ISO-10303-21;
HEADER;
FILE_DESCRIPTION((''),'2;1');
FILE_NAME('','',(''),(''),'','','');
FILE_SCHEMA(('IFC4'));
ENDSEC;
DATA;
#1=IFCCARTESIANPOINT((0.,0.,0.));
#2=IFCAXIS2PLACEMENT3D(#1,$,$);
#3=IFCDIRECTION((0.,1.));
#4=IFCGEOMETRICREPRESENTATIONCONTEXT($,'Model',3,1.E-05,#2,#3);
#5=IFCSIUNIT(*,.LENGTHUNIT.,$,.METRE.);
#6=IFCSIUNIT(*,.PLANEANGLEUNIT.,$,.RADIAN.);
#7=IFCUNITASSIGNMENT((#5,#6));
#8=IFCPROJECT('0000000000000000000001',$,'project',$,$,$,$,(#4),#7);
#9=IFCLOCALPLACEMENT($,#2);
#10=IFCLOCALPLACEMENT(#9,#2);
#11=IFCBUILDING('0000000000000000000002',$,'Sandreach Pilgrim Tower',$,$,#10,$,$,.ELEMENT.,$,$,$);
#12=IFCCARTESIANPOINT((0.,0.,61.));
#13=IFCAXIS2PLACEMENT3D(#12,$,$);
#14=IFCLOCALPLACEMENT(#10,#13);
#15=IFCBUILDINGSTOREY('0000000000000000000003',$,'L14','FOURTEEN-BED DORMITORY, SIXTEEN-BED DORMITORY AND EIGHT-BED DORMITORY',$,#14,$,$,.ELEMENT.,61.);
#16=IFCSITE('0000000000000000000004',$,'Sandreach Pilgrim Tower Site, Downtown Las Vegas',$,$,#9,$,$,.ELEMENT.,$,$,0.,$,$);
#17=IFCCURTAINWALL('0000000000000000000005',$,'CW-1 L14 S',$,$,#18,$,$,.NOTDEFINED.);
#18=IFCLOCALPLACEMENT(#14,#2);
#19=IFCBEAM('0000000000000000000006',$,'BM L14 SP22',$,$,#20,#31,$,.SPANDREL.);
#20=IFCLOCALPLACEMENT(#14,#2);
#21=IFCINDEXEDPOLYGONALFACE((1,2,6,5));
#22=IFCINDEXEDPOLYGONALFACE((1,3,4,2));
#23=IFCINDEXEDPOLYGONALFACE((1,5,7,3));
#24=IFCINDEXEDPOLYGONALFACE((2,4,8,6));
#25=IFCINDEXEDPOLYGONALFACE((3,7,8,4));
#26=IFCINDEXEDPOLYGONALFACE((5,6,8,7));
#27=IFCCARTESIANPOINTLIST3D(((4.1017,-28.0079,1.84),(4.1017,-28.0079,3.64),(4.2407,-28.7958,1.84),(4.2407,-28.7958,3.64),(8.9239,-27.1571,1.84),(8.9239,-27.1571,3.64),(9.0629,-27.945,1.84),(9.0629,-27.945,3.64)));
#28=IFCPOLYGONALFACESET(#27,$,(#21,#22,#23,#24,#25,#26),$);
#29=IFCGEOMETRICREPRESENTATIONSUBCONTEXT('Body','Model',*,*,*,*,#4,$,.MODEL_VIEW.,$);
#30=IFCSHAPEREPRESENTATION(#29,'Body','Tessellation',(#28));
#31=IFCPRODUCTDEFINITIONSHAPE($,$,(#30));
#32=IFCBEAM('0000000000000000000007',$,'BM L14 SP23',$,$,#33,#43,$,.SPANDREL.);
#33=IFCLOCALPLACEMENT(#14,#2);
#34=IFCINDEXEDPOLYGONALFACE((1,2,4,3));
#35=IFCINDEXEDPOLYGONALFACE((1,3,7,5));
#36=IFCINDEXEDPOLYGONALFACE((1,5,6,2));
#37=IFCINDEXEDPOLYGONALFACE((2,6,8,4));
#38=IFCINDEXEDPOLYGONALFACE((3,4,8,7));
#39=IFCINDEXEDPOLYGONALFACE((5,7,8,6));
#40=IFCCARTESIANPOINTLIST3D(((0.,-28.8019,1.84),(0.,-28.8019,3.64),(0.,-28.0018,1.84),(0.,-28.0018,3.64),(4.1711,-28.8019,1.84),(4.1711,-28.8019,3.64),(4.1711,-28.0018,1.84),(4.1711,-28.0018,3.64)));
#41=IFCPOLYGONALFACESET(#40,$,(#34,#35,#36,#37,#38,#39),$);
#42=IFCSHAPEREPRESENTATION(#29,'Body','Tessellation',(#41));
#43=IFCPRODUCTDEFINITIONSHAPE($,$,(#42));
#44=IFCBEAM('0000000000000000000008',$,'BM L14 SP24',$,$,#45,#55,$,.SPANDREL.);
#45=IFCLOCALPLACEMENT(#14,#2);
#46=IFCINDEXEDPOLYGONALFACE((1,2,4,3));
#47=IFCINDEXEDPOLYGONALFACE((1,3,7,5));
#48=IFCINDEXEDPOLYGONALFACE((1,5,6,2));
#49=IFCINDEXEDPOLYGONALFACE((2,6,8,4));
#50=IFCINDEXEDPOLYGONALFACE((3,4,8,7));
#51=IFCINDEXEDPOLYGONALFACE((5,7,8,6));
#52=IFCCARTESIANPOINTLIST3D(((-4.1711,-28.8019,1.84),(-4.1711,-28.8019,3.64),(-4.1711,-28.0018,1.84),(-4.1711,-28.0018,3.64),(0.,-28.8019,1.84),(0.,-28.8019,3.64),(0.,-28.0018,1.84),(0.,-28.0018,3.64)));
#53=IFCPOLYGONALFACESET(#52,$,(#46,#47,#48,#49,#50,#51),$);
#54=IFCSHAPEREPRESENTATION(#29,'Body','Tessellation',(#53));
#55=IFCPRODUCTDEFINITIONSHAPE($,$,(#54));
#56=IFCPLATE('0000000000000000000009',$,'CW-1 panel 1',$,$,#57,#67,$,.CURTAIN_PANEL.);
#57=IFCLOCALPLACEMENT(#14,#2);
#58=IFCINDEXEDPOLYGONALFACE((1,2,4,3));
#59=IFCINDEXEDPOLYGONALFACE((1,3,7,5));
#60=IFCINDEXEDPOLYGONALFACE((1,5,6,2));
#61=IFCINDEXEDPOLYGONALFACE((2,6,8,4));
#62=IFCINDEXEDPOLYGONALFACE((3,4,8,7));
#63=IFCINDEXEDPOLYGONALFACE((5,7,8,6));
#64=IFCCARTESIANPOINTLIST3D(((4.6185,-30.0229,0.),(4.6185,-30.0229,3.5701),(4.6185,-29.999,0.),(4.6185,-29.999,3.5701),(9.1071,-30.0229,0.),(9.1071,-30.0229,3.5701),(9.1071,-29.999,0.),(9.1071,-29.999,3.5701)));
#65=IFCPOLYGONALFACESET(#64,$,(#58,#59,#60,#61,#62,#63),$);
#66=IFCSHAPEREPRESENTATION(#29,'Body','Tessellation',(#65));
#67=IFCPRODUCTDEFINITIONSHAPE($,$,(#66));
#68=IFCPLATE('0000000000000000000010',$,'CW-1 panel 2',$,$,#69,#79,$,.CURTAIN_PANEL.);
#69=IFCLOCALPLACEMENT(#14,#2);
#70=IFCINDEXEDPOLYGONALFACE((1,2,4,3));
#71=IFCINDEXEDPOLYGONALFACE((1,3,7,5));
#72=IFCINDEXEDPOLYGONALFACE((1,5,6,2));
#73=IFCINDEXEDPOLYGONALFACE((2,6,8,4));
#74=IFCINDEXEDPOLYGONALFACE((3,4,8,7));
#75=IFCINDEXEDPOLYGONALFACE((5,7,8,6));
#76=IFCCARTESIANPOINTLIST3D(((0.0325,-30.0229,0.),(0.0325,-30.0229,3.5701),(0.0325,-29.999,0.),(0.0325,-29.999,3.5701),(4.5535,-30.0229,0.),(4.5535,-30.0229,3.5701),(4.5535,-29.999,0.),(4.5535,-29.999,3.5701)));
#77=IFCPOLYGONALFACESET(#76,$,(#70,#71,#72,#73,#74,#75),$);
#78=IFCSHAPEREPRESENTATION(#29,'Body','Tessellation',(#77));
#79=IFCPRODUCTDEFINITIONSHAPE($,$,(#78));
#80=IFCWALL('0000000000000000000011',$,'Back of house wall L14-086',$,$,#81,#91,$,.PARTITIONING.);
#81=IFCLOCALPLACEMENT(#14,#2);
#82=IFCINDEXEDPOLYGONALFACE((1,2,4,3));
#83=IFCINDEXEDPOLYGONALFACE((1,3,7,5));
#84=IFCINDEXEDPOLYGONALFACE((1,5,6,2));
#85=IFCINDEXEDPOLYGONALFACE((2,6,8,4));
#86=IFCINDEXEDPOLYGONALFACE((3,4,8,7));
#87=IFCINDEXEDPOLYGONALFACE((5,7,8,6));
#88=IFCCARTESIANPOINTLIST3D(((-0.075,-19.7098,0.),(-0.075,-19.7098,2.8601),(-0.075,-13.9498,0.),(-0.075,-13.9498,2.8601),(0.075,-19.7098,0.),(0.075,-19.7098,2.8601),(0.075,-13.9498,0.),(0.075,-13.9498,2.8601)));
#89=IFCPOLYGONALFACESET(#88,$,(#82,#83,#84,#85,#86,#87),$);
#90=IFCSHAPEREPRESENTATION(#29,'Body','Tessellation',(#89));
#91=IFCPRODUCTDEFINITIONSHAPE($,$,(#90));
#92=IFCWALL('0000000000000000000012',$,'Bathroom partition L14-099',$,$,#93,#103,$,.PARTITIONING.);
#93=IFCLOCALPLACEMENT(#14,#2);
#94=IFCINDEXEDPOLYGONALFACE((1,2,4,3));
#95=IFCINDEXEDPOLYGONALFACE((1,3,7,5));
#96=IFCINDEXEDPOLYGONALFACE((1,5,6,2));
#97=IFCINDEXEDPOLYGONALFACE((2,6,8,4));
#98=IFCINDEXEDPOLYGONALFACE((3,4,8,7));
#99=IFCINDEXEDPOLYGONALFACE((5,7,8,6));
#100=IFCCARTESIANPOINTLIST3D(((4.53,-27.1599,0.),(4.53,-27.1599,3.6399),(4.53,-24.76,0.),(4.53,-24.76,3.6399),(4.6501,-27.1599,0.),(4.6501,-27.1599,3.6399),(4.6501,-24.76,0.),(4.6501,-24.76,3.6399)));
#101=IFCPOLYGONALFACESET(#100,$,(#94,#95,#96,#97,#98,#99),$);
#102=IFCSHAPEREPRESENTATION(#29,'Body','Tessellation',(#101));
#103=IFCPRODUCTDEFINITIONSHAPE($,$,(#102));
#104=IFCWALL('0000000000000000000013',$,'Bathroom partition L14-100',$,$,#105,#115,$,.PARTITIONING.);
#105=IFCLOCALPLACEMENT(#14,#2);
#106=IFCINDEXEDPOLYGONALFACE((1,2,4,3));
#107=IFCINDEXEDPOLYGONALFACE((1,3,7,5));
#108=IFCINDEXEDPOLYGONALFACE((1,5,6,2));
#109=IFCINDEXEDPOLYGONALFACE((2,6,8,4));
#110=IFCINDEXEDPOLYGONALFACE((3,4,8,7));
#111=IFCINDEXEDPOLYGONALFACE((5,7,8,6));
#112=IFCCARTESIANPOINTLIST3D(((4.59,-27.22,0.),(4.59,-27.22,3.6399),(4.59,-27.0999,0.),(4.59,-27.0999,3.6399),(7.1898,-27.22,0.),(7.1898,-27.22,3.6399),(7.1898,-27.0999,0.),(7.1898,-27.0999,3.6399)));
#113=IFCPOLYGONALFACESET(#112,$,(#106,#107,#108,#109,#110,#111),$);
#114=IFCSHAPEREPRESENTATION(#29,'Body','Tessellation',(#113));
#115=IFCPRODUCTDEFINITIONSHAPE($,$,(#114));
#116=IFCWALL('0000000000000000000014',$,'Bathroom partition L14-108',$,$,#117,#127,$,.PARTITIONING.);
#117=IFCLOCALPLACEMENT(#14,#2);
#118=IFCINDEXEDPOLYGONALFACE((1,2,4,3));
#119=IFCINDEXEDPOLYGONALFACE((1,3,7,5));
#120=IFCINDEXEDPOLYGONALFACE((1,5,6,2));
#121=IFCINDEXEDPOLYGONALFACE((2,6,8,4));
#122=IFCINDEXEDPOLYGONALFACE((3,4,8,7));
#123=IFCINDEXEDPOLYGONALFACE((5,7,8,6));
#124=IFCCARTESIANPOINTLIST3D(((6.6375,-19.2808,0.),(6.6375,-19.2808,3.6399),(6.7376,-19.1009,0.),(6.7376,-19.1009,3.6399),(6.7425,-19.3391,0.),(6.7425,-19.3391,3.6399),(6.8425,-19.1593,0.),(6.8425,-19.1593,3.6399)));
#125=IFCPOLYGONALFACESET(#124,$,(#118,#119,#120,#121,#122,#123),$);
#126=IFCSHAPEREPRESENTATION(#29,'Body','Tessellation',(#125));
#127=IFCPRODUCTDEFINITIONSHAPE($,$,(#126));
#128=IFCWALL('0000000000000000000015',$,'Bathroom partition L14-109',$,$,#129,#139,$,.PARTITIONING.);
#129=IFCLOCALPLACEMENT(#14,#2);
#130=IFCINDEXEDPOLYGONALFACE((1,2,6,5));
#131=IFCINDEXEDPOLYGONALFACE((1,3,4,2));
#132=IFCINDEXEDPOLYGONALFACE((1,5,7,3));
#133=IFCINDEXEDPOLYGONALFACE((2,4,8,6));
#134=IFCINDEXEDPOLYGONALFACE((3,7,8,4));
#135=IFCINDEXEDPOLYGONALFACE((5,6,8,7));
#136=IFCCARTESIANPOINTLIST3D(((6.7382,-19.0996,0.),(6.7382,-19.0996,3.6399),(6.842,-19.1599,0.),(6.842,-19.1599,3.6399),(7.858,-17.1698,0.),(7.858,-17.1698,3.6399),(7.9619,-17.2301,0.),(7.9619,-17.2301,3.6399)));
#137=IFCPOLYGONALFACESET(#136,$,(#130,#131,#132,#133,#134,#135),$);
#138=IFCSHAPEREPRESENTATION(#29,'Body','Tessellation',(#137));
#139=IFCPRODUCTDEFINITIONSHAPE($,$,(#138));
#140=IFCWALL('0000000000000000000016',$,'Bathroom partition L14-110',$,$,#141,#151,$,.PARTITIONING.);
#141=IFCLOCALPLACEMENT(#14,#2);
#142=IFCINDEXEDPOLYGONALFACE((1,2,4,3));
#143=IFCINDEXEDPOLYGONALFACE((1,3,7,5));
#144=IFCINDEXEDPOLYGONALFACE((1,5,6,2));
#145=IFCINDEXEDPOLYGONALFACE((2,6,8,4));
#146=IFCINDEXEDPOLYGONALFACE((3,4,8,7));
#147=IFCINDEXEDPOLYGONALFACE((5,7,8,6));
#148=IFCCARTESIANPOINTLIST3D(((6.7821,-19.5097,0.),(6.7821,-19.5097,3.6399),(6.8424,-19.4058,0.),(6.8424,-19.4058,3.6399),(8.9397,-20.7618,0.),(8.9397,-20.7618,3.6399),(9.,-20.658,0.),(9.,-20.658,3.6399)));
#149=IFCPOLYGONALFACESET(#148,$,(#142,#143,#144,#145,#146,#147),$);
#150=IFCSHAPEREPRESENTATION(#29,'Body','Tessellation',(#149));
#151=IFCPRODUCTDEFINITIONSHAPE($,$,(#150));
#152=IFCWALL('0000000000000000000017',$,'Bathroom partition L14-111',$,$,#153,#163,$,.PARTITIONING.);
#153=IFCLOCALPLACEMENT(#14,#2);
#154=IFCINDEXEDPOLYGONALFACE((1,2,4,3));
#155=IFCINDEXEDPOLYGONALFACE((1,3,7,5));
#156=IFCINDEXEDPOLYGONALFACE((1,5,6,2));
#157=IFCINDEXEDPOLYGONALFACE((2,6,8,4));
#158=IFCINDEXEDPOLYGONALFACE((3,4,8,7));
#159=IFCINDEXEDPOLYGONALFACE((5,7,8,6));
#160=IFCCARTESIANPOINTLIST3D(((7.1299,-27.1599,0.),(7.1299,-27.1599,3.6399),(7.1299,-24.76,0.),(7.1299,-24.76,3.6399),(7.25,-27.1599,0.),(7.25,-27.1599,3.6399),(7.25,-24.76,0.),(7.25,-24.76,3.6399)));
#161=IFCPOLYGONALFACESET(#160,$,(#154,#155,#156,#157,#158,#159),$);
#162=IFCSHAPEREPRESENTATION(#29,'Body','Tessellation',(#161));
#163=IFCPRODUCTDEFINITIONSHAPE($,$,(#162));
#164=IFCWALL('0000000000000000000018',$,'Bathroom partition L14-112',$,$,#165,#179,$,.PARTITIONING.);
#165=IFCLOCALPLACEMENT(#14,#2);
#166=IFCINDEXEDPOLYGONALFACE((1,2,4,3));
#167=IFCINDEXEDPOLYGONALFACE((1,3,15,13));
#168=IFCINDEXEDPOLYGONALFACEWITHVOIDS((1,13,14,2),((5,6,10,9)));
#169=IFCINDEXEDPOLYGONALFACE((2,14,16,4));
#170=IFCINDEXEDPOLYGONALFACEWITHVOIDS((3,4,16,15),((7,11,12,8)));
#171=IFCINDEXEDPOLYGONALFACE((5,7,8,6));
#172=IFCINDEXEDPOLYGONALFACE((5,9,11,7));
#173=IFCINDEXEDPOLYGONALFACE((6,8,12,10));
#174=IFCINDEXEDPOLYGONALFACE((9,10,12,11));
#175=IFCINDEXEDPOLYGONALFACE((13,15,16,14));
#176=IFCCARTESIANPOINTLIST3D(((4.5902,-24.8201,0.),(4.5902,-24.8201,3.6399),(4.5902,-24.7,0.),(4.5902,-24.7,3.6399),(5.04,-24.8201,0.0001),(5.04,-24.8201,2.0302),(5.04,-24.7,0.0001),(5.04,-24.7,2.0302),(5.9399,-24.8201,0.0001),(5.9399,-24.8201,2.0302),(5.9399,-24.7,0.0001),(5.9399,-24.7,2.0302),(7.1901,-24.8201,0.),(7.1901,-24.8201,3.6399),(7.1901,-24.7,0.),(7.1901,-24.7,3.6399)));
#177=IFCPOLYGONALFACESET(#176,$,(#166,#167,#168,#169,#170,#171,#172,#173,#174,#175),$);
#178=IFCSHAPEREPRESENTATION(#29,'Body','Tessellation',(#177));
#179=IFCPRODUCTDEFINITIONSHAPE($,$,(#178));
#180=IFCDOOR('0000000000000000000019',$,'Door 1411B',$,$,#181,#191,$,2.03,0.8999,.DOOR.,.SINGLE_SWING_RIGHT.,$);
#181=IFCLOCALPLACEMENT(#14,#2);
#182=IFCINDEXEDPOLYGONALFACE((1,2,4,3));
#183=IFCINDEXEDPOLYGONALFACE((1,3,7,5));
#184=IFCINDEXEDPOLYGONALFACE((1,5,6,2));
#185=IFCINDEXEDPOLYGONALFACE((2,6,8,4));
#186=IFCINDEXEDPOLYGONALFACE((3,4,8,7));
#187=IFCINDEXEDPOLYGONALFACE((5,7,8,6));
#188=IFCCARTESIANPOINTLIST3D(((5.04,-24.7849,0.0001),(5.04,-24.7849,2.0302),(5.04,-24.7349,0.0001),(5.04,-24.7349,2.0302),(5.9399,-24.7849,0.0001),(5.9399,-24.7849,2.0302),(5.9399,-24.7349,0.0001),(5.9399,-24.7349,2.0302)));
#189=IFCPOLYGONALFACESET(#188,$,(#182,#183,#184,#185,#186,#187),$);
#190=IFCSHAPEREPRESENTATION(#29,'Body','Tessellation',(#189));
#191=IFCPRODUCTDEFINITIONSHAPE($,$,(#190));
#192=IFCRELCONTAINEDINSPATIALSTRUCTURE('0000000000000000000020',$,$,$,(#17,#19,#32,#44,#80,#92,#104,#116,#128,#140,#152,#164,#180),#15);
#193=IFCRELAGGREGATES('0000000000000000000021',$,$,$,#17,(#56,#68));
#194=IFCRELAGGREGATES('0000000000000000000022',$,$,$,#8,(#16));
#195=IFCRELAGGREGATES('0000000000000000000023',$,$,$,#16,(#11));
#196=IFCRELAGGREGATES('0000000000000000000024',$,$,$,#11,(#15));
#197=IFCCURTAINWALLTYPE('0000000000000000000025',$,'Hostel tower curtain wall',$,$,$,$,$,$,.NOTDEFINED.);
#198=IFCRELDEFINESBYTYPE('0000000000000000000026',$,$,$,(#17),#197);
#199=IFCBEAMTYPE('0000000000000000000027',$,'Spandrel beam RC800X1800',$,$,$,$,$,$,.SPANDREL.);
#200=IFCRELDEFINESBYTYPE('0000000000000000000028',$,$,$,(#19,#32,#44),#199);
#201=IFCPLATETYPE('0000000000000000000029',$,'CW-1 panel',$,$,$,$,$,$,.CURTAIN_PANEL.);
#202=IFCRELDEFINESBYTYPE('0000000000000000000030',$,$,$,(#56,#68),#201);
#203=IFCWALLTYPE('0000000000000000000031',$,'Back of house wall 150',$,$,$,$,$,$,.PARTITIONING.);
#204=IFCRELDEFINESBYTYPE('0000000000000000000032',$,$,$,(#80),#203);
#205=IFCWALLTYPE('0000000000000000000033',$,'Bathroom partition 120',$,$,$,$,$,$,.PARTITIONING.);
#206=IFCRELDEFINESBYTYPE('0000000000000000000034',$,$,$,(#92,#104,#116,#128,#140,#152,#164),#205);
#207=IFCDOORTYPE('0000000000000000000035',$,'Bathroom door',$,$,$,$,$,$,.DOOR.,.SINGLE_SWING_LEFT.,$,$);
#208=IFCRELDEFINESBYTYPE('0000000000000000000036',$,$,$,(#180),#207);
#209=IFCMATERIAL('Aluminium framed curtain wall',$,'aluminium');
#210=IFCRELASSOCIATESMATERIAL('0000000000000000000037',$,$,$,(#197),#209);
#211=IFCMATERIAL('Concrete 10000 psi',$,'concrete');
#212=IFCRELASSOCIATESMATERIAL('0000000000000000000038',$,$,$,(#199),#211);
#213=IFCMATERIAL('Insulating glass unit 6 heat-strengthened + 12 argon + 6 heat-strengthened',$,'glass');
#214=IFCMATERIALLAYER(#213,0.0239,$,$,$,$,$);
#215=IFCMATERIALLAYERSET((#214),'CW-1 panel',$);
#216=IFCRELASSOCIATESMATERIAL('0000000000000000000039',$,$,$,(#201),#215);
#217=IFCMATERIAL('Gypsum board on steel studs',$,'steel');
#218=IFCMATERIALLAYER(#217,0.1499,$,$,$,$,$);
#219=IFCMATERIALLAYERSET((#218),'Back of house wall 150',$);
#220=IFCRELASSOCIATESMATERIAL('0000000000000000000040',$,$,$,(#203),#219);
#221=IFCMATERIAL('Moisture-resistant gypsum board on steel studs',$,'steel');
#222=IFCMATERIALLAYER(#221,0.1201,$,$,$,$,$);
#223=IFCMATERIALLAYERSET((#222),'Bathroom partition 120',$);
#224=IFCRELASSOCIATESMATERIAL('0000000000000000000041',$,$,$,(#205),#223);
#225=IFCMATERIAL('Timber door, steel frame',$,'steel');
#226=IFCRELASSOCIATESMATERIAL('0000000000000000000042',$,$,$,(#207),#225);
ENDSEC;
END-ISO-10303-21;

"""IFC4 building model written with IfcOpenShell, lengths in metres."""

from ifc_helpers import new_model, si_unit, direction, frame, frame_2d, origin, origin_2d, place, context, subcontext, project, spatial, rectangle, extrude, material, layer, layer_set, material_profile, profile_set, type_object, element, fill, aggregate, save


model = new_model("IFC4")

# Units and contexts
model_context = context("Model", 3, precision=1e-05, world=origin(), true_north=direction((0.0, 1.0)))
body_context = subcontext(model_context, "Body", "Model", "MODEL_VIEW")
ifc_project = project(units=[si_unit("LENGTHUNIT", "METRE"), si_unit("PLANEANGLEUNIT", "RADIAN")], contexts=[model_context])

# Site, building, storey
site_placement = place(None, origin())
site = spatial("IfcSite", under=ifc_project, at=site_placement, Name="Sandreach Pilgrim Tower Site, Downtown Las Vegas", CompositionType="ELEMENT", RefElevation=0.0)
building_placement = place(site_placement, origin())
building = spatial("IfcBuilding", under=site, at=building_placement, Name="Sandreach Pilgrim Tower", CompositionType="ELEMENT")
storey_placement = place(building_placement, frame((0.0, 0.0, 61.0)))
storey = spatial("IfcBuildingStorey", under=building, at=storey_placement, Name="L14", Description="FOURTEEN-BED DORMITORY, SIXTEEN-BED DORMITORY AND EIGHT-BED DORMITORY", CompositionType="ELEMENT", Elevation=61.0)

# Curtain wall
ifc_material_1 = material(Name="Aluminium framed curtain wall", Category="aluminium")
curtain_wall_type = type_object("IfcCurtainWallType", Name="Hostel tower curtain wall", PredefinedType="NOTDEFINED", material=ifc_material_1)
curtain_wall_placement = place(storey_placement, origin())
curtain_wall = element("IfcCurtainWall", 1, at=curtain_wall_placement, inside=storey, type_object=curtain_wall_type, Name="CW-1 L14 S", PredefinedType="NOTDEFINED")

# Beams
ifc_material_2 = material(Name="Concrete 10000 psi", Category="concrete")
ifc_material_profile_1 = material_profile(ifc_material_2, rectangle(XDim=0.8, YDim=1.8, at=origin_2d()), Name="RC800X1800")
ifc_profile_set_1 = profile_set([ifc_material_profile_1], Name="Concrete 10000 psi")
beam_type_1 = type_object("IfcBeamType", Name="Spandrel beam RC800X1800", PredefinedType="SPANDREL", material=ifc_profile_set_1)
beam_1_placement = place(storey_placement, frame((8.9934, -27.551, 2.74), z_axis=(-0.984789, -0.173754, 0.0), x_axis=(0.173754, -0.984789, 0.0)))
element("IfcBeam", 2, at=beam_1_placement, inside=storey, type_object=beam_type_1, Name="BM L14 SP22", PredefinedType="SPANDREL", context=body_context, shape_type="SweptSolid", body=[
    extrude(rectangle(XDim=0.8, YDim=1.8, at=origin_2d()), origin(), (0.0, 0.0, 1.0), 4.8967),
])
for number, where, z_axis, x_axis, name in (
    (3, (4.1711, -28.4019, 2.74), (-1.0, 0.0, 0.0), (0.0, -1.0, 0.0), "BM L14 SP23"),
    (4, (0.0, -28.4019, 2.74), (-1.0, 0.0, 0.0), (0.0, -1.0, 0.0), "BM L14 SP24"),
):
    element("IfcBeam", number, at=place(storey_placement, frame(where, z_axis=z_axis, x_axis=x_axis)), inside=storey, type_object=beam_type_1, Name=name, PredefinedType="SPANDREL", context=body_context, shape_type="SweptSolid", body=[
        extrude(rectangle(XDim=0.8, YDim=1.8, at=origin_2d()), origin(), (0.0, 0.0, 1.0), 4.1711),
    ])

# Plates
ifc_material_3 = material(Name="Insulating glass unit 6 heat-strengthened + 12 argon + 6 heat-strengthened", Category="glass")
ifc_layer_1 = layer(ifc_material_3, 0.0239)
ifc_layer_set_1 = layer_set([ifc_layer_1], Name="CW-1 panel")
plate_type = type_object("IfcPlateType", Name="CW-1 panel", PredefinedType="CURTAIN_PANEL", material=ifc_layer_set_1)
plate_1_placement = place(storey_placement, frame((6.8628, -30.011, 0.0), z_axis=(0.0, 0.0, 1.0), x_axis=(-1.0, 0.0, 0.0)))
plate_1 = element("IfcPlate", 5, at=plate_1_placement, type_object=plate_type, Name="CW-1 panel 1", PredefinedType="CURTAIN_PANEL", context=body_context, shape_type="SweptSolid", body=[
    extrude(rectangle(XDim=4.4885, YDim=0.0239, at=origin_2d()), origin(), (0.0, 0.0, 1.0), 3.5701),
])
plate_2_placement = place(storey_placement, frame((2.293, -30.011, 0.0), z_axis=(0.0, 0.0, 1.0), x_axis=(-1.0, 0.0, 0.0)))
plate_2 = element("IfcPlate", 6, at=plate_2_placement, type_object=plate_type, Name="CW-1 panel 2", PredefinedType="CURTAIN_PANEL", context=body_context, shape_type="SweptSolid", body=[
    extrude(rectangle(XDim=4.521, YDim=0.0239, at=origin_2d()), origin(), (0.0, 0.0, 1.0), 3.5701),
])
aggregate(curtain_wall, [plate_1, plate_2])

# Walls
ifc_material_4 = material(Name="Gypsum board on steel studs", Category="steel")
ifc_layer_2 = layer(ifc_material_4, 0.1499)
ifc_layer_set_2 = layer_set([ifc_layer_2], Name="Back of house wall 150")
wall_type_1 = type_object("IfcWallType", Name="Back of house wall 150", PredefinedType="PARTITIONING", material=ifc_layer_set_2)
wall_1_placement = place(storey_placement, frame((0.0, -13.95, 0.0), z_axis=(0.0, 0.0, 1.0), x_axis=(0.0, -1.0, 0.0)))
element("IfcWall", 7, at=wall_1_placement, inside=storey, type_object=wall_type_1, Name="Back of house wall L14-086", PredefinedType="PARTITIONING", context=body_context, shape_type="SweptSolid", body=[
    extrude(rectangle(XDim=5.76, YDim=0.1499, at=frame_2d((2.8799, 0.0))), origin(), (0.0, 0.0, 1.0), 2.8601),
])
ifc_material_5 = material(Name="Moisture-resistant gypsum board on steel studs", Category="steel")
ifc_layer_3 = layer(ifc_material_5, 0.1201)
ifc_layer_set_3 = layer_set([ifc_layer_3], Name="Bathroom partition 120")
wall_type_2 = type_object("IfcWallType", Name="Bathroom partition 120", PredefinedType="PARTITIONING", material=ifc_layer_set_3)
wall_2_placement = place(storey_placement, frame((4.5901, -27.1599, 0.0), z_axis=(0.0, 0.0, 1.0), x_axis=(0.0, 1.0, 0.0)))
element("IfcWall", 8, at=wall_2_placement, inside=storey, type_object=wall_type_2, Name="Bathroom partition L14-099", PredefinedType="PARTITIONING", context=body_context, shape_type="SweptSolid", body=[
    extrude(rectangle(XDim=2.3999, YDim=0.1201, at=frame_2d((1.2, 0.0))), origin(), (0.0, 0.0, 1.0), 3.6399),
])
wall_3_placement = place(storey_placement, frame((4.5901, -27.1599, 0.0), z_axis=(0.0, 0.0, 1.0), x_axis=(1.0, 0.0, 0.0)))
element("IfcWall", 9, at=wall_3_placement, inside=storey, type_object=wall_type_2, Name="Bathroom partition L14-100", PredefinedType="PARTITIONING", context=body_context, shape_type="SweptSolid", body=[
    extrude(rectangle(XDim=2.5999, YDim=0.1201, at=frame_2d((1.2998, 0.0))), origin(), (0.0, 0.0, 1.0), 3.6399),
])
wall_4_placement = place(storey_placement, frame((6.6899, -19.3101, 0.0), z_axis=(0.0, 0.0, 1.0), x_axis=(0.486146, 0.873877, 0.0)))
element("IfcWall", 10, at=wall_4_placement, inside=storey, type_object=wall_type_2, Name="Bathroom partition L14-108", PredefinedType="PARTITIONING", context=body_context, shape_type="SweptSolid", body=[
    extrude(rectangle(XDim=0.2058, YDim=0.1201, at=frame_2d((0.103, 0.0))), origin(), (0.0, 0.0, 1.0), 3.6399),
])
wall_5_placement = place(storey_placement, frame((6.79, -19.1299, 0.0), z_axis=(0.0, 0.0, 1.0), x_axis=(0.50189, 0.864931, 0.0)))
element("IfcWall", 11, at=wall_5_placement, inside=storey, type_object=wall_type_2, Name="Bathroom partition L14-109", PredefinedType="PARTITIONING", context=body_context, shape_type="SweptSolid", body=[
    extrude(rectangle(XDim=2.2312, YDim=0.1201, at=frame_2d((1.1157, 0.0))), origin(), (0.0, 0.0, 1.0), 3.6399),
])
wall_6_placement = place(storey_placement, frame((6.8123, -19.4578, 0.0), z_axis=(0.0, 0.0, 1.0), x_axis=(0.864905, -0.501935, 0.0)))
element("IfcWall", 12, at=wall_6_placement, inside=storey, type_object=wall_type_2, Name="Bathroom partition L14-110", PredefinedType="PARTITIONING", context=body_context, shape_type="SweptSolid", body=[
    extrude(rectangle(XDim=2.4946, YDim=0.1201, at=frame_2d((1.2473, 0.0))), origin(), (0.0, 0.0, 1.0), 3.6399),
])
wall_7_placement = place(storey_placement, frame((7.1899, -27.1599, 0.0), z_axis=(0.0, 0.0, 1.0), x_axis=(0.0, 1.0, 0.0)))
element("IfcWall", 13, at=wall_7_placement, inside=storey, type_object=wall_type_2, Name="Bathroom partition L14-111", PredefinedType="PARTITIONING", context=body_context, shape_type="SweptSolid", body=[
    extrude(rectangle(XDim=2.3999, YDim=0.1201, at=frame_2d((1.2, 0.0))), origin(), (0.0, 0.0, 1.0), 3.6399),
])

# Wall, opening, door
wall_8_placement = place(storey_placement, frame((7.1899, -24.76, 0.0), z_axis=(0.0, 0.0, 1.0), x_axis=(-1.0, 0.0, 0.0)))
wall_8 = element("IfcWall", 14, at=wall_8_placement, inside=storey, type_object=wall_type_2, Name="Bathroom partition L14-112", PredefinedType="PARTITIONING", context=body_context, shape_type="SweptSolid", body=[
    extrude(rectangle(XDim=2.5999, YDim=0.1201, at=frame_2d((1.2998, 0.0))), origin(), (0.0, 0.0, 1.0), 3.6399),
])
opening_1_placement = place(wall_8_placement, frame((1.25, 0.0, 0.0)))
opening_1 = element("IfcOpeningElement", 15, at=opening_1_placement, cuts=wall_8, PredefinedType="OPENING", context=body_context, shape_type="SweptSolid", body=[
    extrude(rectangle(XDim=0.8999, YDim=2.03, at=frame_2d((0.45, 1.0151))), frame((0.0, 0.0601, 0.0), z_axis=(0.0, -1.0, 0.0), x_axis=(1.0, 0.0, 0.0)), (0.0, 0.0, 1.0), 0.1201),
])
ifc_material_6 = material(Name="Timber door, steel frame", Category="steel")
door_type_1 = type_object("IfcDoorType", Name="Bathroom door", OperationType="SINGLE_SWING_LEFT", PredefinedType="DOOR", material=ifc_material_6)
door_1_placement = place(opening_1_placement, origin())
door_1 = element("IfcDoor", 16, at=door_1_placement, inside=storey, type_object=door_type_1, Name="Door 1411B", OperationType="SINGLE_SWING_RIGHT", OverallHeight=2.03, OverallWidth=0.8999, PredefinedType="DOOR", context=body_context, shape_type="SweptSolid", body=[
    extrude(rectangle(XDim=0.8999, YDim=2.03, at=frame_2d((0.45, 1.0151))), frame((0.0, 0.0249, 0.0), z_axis=(0.0, -1.0, 0.0), x_axis=(1.0, 0.0, 0.0)), (0.0, 0.0, 1.0), 0.05),
])
fill(opening_1, door_1)

save(model, "model.ifc")
